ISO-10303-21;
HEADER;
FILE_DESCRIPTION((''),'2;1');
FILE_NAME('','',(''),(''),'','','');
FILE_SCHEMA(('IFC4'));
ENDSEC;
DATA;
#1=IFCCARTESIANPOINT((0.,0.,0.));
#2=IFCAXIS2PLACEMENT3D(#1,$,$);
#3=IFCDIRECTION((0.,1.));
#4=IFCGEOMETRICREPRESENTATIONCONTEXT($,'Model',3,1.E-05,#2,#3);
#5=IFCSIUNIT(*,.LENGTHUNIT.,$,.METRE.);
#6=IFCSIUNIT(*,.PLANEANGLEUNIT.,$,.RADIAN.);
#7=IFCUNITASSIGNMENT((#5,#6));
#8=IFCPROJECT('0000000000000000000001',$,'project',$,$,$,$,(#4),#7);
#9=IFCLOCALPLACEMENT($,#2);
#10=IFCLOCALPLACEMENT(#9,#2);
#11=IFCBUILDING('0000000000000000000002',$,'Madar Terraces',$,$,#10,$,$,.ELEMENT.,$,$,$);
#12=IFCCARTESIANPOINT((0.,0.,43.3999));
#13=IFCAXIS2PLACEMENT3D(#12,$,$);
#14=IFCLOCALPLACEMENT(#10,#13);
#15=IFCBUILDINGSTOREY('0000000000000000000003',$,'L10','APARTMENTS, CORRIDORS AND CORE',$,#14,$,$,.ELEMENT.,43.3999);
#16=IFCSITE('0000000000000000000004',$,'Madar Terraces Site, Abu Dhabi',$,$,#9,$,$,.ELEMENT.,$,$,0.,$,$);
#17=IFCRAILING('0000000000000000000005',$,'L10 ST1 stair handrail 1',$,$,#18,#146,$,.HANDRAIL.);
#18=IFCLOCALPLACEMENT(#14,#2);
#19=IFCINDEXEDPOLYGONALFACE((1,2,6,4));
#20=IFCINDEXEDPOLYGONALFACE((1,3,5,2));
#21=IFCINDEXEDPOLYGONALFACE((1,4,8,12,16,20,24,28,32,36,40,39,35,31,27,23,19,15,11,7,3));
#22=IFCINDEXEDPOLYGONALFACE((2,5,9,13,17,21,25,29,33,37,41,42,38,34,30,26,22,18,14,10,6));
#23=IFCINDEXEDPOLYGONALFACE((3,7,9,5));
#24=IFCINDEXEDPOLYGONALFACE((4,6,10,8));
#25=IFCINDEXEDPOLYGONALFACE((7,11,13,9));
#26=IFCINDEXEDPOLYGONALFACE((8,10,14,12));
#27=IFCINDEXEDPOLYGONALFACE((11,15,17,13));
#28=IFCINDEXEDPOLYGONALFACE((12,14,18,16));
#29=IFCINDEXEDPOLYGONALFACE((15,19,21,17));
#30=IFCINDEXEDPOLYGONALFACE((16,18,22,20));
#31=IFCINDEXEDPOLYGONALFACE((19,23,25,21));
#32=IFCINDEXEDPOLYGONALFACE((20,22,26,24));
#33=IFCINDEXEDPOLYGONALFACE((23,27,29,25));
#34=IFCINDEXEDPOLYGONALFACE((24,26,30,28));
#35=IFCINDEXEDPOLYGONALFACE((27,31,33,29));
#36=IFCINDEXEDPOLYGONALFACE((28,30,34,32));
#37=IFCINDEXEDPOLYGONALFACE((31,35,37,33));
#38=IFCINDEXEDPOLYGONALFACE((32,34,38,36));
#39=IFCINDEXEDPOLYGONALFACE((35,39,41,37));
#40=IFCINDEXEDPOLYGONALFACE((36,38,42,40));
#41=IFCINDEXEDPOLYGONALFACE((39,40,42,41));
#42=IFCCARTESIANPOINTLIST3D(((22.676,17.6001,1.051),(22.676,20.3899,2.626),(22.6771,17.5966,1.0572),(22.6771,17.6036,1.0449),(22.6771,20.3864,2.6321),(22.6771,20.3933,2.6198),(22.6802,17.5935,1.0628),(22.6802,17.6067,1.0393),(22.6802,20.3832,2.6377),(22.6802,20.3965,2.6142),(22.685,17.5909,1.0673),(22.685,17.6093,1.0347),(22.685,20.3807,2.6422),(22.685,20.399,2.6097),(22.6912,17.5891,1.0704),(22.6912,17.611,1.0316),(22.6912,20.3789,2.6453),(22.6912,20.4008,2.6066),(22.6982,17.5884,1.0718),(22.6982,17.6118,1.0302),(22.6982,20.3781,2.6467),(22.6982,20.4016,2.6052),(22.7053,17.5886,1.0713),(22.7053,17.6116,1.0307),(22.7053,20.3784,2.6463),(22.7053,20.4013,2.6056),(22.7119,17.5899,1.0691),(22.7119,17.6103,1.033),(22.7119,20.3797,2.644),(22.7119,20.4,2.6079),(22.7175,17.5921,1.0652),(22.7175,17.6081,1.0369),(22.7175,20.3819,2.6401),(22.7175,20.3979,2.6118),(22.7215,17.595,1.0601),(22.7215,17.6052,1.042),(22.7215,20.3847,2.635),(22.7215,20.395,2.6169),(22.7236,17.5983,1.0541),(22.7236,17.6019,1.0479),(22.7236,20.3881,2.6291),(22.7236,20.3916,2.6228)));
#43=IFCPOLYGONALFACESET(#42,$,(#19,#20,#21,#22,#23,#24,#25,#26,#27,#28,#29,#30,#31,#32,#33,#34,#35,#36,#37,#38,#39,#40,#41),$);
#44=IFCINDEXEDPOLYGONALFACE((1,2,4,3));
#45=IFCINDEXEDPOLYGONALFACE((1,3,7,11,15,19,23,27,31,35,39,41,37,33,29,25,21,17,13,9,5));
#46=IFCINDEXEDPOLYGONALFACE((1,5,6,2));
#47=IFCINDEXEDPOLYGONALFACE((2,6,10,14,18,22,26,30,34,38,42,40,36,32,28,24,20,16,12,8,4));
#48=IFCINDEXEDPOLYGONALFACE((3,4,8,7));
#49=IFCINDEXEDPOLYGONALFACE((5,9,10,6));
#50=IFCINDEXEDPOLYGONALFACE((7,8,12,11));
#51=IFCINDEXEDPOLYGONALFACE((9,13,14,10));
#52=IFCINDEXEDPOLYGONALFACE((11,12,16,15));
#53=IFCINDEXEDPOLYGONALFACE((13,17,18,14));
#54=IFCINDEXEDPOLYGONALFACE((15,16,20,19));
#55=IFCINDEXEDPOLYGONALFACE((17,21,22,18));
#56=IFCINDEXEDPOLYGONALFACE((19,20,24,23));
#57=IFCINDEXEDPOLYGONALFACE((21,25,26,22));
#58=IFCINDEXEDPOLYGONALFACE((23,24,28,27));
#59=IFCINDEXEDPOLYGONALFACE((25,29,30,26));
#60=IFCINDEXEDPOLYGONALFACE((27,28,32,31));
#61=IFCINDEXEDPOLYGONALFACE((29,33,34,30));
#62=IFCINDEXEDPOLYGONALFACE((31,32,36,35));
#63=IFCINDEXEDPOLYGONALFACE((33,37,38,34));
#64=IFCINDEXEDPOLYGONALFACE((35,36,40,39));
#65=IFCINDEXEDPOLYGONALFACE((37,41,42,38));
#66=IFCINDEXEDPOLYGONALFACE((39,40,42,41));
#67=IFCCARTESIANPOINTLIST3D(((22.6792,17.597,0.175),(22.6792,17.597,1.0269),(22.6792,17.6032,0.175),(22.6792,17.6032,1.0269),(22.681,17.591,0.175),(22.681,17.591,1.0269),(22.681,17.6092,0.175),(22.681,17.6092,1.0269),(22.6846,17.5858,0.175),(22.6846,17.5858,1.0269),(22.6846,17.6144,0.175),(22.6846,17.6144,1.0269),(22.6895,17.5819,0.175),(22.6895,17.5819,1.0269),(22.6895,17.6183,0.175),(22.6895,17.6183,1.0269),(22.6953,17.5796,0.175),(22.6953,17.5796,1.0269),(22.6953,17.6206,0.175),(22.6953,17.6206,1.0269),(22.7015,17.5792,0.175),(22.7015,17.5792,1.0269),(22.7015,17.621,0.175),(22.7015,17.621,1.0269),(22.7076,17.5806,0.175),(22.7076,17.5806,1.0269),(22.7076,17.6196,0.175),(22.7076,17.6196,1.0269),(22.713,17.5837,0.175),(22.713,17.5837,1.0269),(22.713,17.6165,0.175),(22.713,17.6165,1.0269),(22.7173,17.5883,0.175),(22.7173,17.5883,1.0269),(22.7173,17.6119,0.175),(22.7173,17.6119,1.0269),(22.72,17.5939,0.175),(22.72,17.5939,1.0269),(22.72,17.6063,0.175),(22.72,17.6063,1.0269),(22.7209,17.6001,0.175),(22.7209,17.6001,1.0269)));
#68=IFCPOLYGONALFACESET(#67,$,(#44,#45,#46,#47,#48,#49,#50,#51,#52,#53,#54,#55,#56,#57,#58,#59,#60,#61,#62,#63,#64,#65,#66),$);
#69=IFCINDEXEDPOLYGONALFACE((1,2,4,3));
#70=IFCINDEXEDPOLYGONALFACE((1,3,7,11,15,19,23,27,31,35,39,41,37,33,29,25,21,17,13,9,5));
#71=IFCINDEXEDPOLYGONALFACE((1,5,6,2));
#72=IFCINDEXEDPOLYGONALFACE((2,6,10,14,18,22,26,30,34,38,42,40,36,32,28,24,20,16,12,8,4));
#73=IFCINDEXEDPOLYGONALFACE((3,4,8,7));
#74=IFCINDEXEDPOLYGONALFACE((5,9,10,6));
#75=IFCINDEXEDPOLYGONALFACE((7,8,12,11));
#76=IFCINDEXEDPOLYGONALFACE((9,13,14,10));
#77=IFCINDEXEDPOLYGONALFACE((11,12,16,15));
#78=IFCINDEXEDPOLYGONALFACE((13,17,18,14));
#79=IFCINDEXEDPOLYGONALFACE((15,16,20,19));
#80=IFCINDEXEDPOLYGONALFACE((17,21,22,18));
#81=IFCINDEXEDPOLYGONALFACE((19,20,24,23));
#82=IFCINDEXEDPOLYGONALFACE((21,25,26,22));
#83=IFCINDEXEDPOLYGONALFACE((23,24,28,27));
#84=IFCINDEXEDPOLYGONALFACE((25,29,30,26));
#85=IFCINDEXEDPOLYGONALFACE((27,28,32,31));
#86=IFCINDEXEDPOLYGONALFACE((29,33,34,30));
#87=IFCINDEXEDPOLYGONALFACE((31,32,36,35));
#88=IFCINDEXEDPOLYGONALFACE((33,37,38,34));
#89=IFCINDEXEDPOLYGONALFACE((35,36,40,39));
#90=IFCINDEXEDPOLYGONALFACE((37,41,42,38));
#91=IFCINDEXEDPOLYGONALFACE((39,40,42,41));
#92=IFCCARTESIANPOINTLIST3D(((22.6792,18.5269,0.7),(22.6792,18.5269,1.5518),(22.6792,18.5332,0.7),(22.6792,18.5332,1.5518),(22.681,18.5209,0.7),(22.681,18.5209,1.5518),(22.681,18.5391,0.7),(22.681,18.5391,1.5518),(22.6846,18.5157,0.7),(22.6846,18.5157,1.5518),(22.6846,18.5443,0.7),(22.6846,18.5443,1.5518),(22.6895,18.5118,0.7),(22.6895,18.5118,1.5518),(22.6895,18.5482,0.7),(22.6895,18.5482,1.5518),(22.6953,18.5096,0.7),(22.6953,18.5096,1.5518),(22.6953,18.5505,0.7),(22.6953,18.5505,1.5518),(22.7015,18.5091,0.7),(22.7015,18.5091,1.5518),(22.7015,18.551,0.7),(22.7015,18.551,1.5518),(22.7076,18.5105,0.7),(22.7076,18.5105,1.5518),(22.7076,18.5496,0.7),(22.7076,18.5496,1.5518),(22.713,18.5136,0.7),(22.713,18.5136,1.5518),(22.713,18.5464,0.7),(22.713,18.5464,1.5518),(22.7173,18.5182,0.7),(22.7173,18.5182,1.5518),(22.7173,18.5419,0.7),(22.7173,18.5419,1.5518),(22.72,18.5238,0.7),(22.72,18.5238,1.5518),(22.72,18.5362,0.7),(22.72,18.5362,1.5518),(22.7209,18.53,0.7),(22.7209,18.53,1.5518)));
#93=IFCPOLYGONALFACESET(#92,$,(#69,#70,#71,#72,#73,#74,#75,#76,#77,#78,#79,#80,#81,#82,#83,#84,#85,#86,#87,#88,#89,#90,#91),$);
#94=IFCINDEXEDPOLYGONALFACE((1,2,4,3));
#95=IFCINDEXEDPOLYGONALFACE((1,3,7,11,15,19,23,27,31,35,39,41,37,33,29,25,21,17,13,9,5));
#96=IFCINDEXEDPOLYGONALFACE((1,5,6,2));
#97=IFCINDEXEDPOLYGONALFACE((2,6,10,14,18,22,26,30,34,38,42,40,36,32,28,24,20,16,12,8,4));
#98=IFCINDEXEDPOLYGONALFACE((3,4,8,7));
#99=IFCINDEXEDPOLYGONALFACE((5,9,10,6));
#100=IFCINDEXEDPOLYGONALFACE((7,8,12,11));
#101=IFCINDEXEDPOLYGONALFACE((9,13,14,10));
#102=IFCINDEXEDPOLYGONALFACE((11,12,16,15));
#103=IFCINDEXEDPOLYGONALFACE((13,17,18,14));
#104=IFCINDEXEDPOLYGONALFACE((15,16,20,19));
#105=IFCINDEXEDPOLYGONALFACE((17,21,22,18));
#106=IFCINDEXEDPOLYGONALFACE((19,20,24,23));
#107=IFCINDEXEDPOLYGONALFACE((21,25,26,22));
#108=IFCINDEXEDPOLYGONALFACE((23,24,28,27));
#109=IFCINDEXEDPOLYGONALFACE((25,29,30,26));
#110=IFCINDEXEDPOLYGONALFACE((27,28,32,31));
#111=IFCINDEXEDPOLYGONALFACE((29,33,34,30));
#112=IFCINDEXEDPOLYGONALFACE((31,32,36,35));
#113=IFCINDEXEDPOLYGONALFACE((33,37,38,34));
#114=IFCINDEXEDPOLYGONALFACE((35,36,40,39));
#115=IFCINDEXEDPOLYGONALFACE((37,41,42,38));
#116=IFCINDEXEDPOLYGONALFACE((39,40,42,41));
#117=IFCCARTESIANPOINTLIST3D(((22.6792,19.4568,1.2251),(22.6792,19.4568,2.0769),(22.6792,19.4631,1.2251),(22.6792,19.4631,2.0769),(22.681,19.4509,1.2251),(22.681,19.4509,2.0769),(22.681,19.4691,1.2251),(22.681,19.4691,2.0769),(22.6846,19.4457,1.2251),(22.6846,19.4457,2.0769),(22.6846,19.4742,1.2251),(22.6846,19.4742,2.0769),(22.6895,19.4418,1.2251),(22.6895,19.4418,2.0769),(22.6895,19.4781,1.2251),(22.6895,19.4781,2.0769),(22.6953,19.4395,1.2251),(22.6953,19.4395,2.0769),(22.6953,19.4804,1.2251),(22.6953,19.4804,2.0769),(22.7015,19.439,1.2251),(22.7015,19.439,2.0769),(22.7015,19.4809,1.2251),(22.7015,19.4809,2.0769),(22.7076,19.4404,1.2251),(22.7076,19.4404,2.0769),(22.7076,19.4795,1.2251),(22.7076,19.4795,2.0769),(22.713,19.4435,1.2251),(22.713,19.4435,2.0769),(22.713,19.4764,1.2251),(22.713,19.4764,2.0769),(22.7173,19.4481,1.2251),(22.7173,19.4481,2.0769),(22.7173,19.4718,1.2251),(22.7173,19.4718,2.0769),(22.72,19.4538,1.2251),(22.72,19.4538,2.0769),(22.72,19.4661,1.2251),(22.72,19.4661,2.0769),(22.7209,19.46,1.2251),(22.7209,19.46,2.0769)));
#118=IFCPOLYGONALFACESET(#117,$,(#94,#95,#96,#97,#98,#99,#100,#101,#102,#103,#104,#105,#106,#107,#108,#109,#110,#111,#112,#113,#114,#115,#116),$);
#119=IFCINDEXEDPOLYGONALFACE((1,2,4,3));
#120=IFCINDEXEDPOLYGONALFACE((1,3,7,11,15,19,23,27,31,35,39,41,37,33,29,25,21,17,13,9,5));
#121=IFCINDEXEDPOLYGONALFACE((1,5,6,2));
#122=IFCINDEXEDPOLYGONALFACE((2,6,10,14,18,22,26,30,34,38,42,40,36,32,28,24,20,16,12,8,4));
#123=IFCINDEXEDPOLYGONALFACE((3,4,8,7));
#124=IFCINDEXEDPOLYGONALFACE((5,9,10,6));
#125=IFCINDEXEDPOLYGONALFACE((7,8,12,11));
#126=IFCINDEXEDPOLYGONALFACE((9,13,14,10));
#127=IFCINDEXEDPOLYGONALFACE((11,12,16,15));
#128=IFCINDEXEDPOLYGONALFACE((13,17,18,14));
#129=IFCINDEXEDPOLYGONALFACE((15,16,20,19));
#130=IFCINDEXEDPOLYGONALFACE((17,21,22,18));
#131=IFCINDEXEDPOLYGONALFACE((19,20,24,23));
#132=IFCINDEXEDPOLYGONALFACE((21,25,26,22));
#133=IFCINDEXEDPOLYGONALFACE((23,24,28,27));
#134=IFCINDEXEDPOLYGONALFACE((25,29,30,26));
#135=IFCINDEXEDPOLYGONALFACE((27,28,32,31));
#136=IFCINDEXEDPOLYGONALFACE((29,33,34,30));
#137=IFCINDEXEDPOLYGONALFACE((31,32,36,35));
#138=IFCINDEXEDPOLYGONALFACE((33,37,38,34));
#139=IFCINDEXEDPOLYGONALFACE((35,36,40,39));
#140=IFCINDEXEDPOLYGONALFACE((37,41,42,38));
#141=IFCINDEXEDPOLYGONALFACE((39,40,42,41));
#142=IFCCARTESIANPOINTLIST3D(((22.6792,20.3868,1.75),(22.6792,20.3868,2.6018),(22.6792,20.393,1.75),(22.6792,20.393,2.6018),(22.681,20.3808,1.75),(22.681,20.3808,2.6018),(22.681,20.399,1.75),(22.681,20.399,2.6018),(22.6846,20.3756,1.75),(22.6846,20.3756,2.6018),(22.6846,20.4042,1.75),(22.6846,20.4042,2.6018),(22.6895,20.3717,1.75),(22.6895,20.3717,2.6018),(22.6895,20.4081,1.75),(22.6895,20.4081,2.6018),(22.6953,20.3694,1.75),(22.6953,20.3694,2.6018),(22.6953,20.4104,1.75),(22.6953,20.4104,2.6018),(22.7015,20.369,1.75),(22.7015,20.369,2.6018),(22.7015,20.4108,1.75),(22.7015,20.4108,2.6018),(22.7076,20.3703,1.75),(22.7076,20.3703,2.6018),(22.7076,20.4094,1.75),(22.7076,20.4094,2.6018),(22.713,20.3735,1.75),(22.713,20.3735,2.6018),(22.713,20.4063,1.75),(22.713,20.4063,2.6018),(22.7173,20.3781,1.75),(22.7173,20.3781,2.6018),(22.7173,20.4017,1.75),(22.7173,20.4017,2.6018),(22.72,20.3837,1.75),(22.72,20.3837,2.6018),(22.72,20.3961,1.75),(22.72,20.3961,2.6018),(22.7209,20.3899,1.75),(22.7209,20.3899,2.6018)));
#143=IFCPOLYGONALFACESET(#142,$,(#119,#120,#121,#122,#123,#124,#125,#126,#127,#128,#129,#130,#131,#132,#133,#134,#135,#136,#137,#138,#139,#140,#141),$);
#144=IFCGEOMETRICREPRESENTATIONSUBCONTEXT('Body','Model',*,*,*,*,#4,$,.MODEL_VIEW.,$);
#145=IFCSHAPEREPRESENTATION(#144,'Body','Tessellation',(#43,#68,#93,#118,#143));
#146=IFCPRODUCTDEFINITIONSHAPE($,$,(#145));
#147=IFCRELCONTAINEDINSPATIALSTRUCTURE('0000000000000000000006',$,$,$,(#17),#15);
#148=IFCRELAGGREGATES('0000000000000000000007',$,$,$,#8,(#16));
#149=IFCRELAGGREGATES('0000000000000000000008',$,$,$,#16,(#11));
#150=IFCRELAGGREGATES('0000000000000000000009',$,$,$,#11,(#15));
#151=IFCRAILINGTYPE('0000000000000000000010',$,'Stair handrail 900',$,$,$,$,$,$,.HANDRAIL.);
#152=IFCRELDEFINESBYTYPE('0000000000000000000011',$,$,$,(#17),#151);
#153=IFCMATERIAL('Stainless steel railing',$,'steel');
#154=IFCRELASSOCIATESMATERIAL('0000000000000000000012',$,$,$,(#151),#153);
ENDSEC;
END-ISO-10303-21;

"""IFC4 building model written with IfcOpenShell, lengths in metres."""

from ifc_helpers import new_model, si_unit, direction, frame, origin, origin_2d, place, context, subcontext, project, spatial, circle, extrude, material, type_object, element, save


model = new_model("IFC4")

# Units and contexts
model_context = context("Model", 3, precision=1e-05, world=origin(), true_north=direction((0.0, 1.0)))
body_context = subcontext(model_context, "Body", "Model", "MODEL_VIEW")
ifc_project = project(units=[si_unit("LENGTHUNIT", "METRE"), si_unit("PLANEANGLEUNIT", "RADIAN")], contexts=[model_context])

# Site, building, storey
site_placement = place(None, origin())
site = spatial("IfcSite", under=ifc_project, at=site_placement, Name="Madar Terraces Site, Abu Dhabi", CompositionType="ELEMENT", RefElevation=0.0)
building_placement = place(site_placement, origin())
building = spatial("IfcBuilding", under=site, at=building_placement, Name="Madar Terraces", CompositionType="ELEMENT")
storey_placement = place(building_placement, frame((0.0, 0.0, 43.3999)))
storey = spatial("IfcBuildingStorey", under=building, at=storey_placement, Name="L10", Description="APARTMENTS, CORRIDORS AND CORE", CompositionType="ELEMENT", Elevation=43.3999)

# Railing
ifc_material_1 = material(Name="Stainless steel railing", Category="steel")
railing_type_1 = type_object("IfcRailingType", Name="Stair handrail 900", PredefinedType="HANDRAIL", material=ifc_material_1)
railing_1_placement = place(storey_placement, frame((22.7, 17.6001, 0.175)))
element("IfcRailing", 1, at=railing_1_placement, inside=storey, type_object=railing_type_1, Name="L10 ST1 stair handrail 1", PredefinedType="HANDRAIL", context=body_context, shape_type="SweptSolid", body=[
    extrude(circle(Radius=0.0239, at=origin_2d()), frame((0.0, 0.0, 0.876), z_axis=(0.0, 0.870815, 0.49161), x_axis=(-1.0, 0.0, 0.0)), (0.0, 0.0, 1.0), 3.2036),
    extrude(circle(Radius=0.021, at=origin_2d()), origin(), (0.0, 0.0, 1.0), 0.8518),
    extrude(circle(Radius=0.021, at=origin_2d()), frame((0.0, 0.9299, 0.5249)), (0.0, 0.0, 1.0), 0.8518),
    extrude(circle(Radius=0.021, at=origin_2d()), frame((0.0, 1.8599, 1.05)), (0.0, 0.0, 1.0), 0.8518),
    extrude(circle(Radius=0.021, at=origin_2d()), frame((0.0, 2.7898, 1.575)), (0.0, 0.0, 1.0), 0.8518),
])

save(model, "model.ifc")
